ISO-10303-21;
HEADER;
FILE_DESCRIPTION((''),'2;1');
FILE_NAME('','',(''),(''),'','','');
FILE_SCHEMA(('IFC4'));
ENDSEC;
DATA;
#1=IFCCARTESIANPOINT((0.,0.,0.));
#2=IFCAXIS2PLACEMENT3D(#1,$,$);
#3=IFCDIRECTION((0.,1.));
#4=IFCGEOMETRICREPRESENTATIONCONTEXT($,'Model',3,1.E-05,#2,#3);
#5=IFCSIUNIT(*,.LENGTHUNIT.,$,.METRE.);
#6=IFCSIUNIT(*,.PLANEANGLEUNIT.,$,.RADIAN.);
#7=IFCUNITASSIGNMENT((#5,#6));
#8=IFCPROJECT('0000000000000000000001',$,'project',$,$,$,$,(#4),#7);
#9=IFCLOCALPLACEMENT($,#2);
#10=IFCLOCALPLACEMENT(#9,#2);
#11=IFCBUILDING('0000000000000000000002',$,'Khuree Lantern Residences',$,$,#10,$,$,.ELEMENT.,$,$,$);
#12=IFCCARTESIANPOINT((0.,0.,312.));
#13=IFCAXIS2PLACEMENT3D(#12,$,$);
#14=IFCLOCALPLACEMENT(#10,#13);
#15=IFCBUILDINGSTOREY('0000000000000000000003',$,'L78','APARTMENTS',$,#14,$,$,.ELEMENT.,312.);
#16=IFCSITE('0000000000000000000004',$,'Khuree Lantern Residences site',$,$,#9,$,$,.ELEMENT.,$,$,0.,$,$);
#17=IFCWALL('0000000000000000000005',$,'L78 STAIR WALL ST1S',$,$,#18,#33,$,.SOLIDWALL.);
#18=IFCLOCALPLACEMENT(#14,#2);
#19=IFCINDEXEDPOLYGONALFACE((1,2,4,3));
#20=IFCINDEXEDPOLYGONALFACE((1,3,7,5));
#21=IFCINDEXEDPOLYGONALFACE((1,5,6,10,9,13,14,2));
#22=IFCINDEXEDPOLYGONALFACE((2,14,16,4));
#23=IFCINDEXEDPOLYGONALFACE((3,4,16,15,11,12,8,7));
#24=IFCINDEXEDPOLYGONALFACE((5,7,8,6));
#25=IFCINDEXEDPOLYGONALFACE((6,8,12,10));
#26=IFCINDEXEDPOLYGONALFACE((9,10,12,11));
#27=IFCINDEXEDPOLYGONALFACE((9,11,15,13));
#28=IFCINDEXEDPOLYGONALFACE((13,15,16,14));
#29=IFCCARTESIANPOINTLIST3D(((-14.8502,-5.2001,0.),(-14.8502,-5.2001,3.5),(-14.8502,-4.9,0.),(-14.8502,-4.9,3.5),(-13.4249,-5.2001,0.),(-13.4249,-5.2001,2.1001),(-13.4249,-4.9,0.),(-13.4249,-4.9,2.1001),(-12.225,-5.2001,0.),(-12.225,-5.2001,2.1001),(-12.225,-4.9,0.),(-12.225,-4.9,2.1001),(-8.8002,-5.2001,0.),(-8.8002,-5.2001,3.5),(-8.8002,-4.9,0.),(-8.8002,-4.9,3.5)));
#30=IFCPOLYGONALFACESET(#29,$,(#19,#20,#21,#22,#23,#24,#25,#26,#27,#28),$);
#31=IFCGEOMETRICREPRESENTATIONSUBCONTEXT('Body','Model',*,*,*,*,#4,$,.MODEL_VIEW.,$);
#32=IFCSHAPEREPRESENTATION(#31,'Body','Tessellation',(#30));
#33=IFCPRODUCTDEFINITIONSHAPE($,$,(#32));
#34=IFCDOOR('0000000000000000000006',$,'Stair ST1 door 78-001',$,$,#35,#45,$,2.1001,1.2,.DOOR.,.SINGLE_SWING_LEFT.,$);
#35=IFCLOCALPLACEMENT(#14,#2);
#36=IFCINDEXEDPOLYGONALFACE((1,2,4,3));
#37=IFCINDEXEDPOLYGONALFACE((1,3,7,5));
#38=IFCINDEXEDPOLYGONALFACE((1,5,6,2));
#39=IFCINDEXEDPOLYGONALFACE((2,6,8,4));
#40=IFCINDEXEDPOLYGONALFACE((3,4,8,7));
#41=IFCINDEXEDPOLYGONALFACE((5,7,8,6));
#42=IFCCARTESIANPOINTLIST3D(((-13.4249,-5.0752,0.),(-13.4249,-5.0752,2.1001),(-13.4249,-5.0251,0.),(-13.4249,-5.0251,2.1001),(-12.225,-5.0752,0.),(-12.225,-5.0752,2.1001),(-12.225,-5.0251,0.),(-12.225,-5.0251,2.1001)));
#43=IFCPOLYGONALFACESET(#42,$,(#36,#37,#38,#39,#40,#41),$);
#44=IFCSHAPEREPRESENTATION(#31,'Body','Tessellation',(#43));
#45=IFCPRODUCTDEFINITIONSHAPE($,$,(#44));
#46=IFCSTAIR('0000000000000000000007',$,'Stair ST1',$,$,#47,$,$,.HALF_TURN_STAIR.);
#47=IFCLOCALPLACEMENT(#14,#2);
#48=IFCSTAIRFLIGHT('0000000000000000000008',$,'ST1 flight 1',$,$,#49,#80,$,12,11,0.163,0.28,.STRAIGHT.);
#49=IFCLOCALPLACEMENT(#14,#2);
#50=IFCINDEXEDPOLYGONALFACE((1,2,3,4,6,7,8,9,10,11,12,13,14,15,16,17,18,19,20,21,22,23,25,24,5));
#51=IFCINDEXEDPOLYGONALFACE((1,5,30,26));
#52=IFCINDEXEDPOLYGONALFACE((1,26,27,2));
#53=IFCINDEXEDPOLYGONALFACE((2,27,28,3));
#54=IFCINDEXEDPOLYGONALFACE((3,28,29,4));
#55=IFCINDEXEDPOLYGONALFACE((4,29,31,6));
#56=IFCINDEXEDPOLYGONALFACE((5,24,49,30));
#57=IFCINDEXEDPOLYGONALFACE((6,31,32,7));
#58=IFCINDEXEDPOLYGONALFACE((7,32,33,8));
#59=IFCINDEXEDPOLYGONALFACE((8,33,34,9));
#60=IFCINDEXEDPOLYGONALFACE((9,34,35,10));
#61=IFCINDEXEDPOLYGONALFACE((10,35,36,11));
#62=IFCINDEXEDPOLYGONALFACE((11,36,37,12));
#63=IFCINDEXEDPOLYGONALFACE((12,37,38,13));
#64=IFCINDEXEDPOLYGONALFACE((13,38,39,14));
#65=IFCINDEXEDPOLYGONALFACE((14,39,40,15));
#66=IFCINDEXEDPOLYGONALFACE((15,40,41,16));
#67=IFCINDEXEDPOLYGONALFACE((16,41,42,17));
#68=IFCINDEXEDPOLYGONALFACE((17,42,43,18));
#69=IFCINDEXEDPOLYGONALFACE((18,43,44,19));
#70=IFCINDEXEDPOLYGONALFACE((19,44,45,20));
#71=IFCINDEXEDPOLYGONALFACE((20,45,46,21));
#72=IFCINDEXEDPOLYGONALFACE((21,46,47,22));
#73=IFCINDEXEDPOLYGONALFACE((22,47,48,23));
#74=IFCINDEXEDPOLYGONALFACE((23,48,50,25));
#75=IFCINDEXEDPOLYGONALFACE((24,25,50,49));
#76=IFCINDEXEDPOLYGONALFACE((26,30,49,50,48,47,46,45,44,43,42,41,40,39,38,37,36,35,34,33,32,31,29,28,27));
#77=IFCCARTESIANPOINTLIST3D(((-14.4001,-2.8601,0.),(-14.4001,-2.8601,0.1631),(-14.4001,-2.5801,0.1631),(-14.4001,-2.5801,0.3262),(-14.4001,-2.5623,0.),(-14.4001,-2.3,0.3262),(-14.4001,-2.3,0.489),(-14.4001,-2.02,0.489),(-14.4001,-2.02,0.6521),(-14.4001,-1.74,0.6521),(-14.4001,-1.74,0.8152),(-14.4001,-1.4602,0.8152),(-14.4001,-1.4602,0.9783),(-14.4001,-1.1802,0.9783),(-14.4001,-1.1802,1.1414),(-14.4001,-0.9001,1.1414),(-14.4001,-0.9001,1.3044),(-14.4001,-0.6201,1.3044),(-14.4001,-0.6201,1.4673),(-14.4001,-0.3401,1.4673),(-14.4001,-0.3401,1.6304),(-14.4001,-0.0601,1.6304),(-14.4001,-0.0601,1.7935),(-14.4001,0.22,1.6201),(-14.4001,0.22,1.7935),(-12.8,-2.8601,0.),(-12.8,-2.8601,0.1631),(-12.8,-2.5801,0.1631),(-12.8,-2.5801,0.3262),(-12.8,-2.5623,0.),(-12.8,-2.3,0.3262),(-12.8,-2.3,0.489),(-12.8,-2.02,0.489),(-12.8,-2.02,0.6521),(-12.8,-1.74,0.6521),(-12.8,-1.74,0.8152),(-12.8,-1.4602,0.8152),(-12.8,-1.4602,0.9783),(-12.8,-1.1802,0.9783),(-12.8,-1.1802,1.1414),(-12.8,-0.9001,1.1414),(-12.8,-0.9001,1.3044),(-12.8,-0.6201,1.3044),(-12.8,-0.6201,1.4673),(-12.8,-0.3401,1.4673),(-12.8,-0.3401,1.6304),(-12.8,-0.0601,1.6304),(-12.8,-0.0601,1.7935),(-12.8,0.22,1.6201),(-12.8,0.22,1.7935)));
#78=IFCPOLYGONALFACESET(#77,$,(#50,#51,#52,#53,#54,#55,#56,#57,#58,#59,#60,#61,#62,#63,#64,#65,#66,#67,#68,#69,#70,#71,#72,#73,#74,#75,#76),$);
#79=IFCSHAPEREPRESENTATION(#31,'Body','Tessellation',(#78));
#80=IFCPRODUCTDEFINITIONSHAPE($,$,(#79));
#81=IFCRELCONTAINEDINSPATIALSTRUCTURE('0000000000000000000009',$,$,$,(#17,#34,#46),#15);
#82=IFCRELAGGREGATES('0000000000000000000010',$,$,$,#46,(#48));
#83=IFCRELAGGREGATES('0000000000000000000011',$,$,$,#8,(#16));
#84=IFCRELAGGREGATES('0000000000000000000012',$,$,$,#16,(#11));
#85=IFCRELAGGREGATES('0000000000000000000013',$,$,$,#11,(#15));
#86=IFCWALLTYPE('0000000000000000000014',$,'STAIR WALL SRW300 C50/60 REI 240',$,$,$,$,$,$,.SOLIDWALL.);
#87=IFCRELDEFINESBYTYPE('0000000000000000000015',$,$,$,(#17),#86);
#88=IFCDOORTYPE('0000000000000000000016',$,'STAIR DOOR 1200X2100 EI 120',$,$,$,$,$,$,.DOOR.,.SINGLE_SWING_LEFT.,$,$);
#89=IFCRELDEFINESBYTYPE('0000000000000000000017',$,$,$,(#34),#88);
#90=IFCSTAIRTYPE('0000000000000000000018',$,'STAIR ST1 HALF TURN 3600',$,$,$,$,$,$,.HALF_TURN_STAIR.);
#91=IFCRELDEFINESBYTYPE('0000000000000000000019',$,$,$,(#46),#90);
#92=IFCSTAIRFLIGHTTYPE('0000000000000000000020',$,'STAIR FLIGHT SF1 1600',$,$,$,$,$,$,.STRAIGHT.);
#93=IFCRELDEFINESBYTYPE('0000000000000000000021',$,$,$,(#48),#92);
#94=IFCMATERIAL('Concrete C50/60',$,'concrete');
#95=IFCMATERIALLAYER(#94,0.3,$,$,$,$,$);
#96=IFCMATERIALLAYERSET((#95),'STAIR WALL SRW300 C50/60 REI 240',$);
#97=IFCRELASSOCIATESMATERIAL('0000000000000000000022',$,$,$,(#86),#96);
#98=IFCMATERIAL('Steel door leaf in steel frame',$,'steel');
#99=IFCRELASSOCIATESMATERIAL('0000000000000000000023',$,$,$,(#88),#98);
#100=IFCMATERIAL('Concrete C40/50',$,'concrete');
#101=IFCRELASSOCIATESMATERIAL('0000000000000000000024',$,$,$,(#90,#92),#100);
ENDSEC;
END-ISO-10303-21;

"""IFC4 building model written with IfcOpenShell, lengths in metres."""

from ifc_helpers import new_model, si_unit, direction, frame, frame_2d, origin, place, context, subcontext, project, spatial, polyline, rectangle, outline, extrude, material, layer, layer_set, type_object, element, fill, aggregate, save


model = new_model("IFC4")

# Units and contexts
model_context = context("Model", 3, precision=1e-05, world=origin(), true_north=direction((0.0, 1.0)))
body_context = subcontext(model_context, "Body", "Model", "MODEL_VIEW")
ifc_project = project(units=[si_unit("LENGTHUNIT", "METRE"), si_unit("PLANEANGLEUNIT", "RADIAN")], contexts=[model_context])

# Site, building, storey
site_placement = place(None, origin())
site = spatial("IfcSite", under=ifc_project, at=site_placement, Name="Khuree Lantern Residences site", CompositionType="ELEMENT", RefElevation=0.0)
building_placement = place(site_placement, origin())
building = spatial("IfcBuilding", under=site, at=building_placement, Name="Khuree Lantern Residences", CompositionType="ELEMENT")
storey_placement = place(building_placement, frame((0.0, 0.0, 312.0)))
storey = spatial("IfcBuildingStorey", under=building, at=storey_placement, Name="L78", Description="APARTMENTS", CompositionType="ELEMENT", Elevation=312.0)

# Shared definitions
ifc_material_1 = material(Name="Concrete C50/60", Category="concrete")

# Shared definitions
ifc_material_2 = material(Name="Steel door leaf in steel frame", Category="steel")

# Shared definitions
ifc_layer_1 = layer(ifc_material_1, 0.3)
ifc_layer_set_1 = layer_set([ifc_layer_1], Name="STAIR WALL SRW300 C50/60 REI 240")
wall_type_1 = type_object("IfcWallType", Name="STAIR WALL SRW300 C50/60 REI 240", PredefinedType="SOLIDWALL", material=ifc_layer_set_1)

# Wall, opening, door
wall_1_placement = place(storey_placement, frame((-14.8501, -5.05, 0.0), z_axis=(0.0, 0.0, 1.0), x_axis=(1.0, 0.0, 0.0)))
wall_1 = element("IfcWall", 1, at=wall_1_placement, inside=storey, type_object=wall_type_1, Name="L78 STAIR WALL ST1S", PredefinedType="SOLIDWALL", context=body_context, shape_type="SweptSolid", body=[
    extrude(rectangle(XDim=6.05, YDim=0.3, at=frame_2d((3.0249, 0.0))), origin(), (0.0, 0.0, 1.0), 3.5),
])
opening_1_placement = place(wall_1_placement, frame((1.425, 0.0, 0.0)))
opening_1 = element("IfcOpeningElement", 2, at=opening_1_placement, cuts=wall_1, PredefinedType="OPENING", context=body_context, shape_type="SweptSolid", body=[
    extrude(rectangle(XDim=1.2, YDim=2.1001, at=frame_2d((0.6001, 1.05))), frame((0.0, 0.1602, 0.0), z_axis=(0.0, -1.0, 0.0), x_axis=(1.0, 0.0, 0.0)), (0.0, 0.0, 1.0), 0.3201),
])
door_type_1 = type_object("IfcDoorType", Name="STAIR DOOR 1200X2100 EI 120", OperationType="SINGLE_SWING_LEFT", PredefinedType="DOOR", material=ifc_material_2)
door_1_placement = place(opening_1_placement, origin())
door_1 = element("IfcDoor", 3, at=door_1_placement, inside=storey, type_object=door_type_1, Name="Stair ST1 door 78-001", OperationType="SINGLE_SWING_LEFT", OverallHeight=2.1001, OverallWidth=1.2, PredefinedType="DOOR", context=body_context, shape_type="SweptSolid", body=[
    extrude(rectangle(XDim=1.2, YDim=2.1001, at=frame_2d((0.6001, 1.05))), frame((0.0, 0.0249, 0.0), z_axis=(0.0, -1.0, 0.0), x_axis=(1.0, 0.0, 0.0)), (0.0, 0.0, 1.0), 0.05),
])
fill(opening_1, door_1)

# Stair, stair flight
ifc_material_3 = material(Name="Concrete C40/50", Category="concrete")
stair_type = type_object("IfcStairType", Name="STAIR ST1 HALF TURN 3600", PredefinedType="HALF_TURN_STAIR", material=ifc_material_3)
stair_placement = place(storey_placement, origin())
stair = element("IfcStair", 4, at=stair_placement, inside=storey, type_object=stair_type, Name="Stair ST1", PredefinedType="HALF_TURN_STAIR")
stair_flight_type = type_object("IfcStairFlightType", Name="STAIR FLIGHT SF1 1600", PredefinedType="STRAIGHT", material=ifc_material_3)
stair_flight_placement = place(storey_placement, frame((-13.6001, -2.8601, 0.0), z_axis=(0.0, 0.0, 1.0), x_axis=(0.0, 1.0, 0.0)))
stair_flight = element("IfcStairFlight", 5, at=stair_flight_placement, type_object=stair_flight_type, Name="ST1 flight 1", NumberOfRisers=12, NumberOfTreads=11, PredefinedType="STRAIGHT", RiserHeight=0.163, TreadLength=0.28, context=body_context, shape_type="SweptSolid", body=[
    extrude(outline(polyline([(0.0, 0.0), (0.0, 0.1631), (0.28, 0.1631), (0.28, 0.3262), (0.5601, 0.3262), (0.5601, 0.489), (0.8401, 0.489), (0.8401, 0.6521), (1.1201, 0.6521), (1.1201, 0.8152), (1.3999, 0.8152), (1.3999, 0.9783), (1.6799, 0.9783), (1.6799, 1.1414), (1.96, 1.1414), (1.96, 1.3044), (2.24, 1.3044), (2.24, 1.4673), (2.52, 1.4673), (2.52, 1.6304), (2.8, 1.6304), (2.8, 1.7935), (3.0801, 1.7935), (3.0801, 1.9565), (3.0801, 1.6201), (0.2979, 0.0), (0.0, 0.0)])), frame((0.0, 0.8, 0.0), z_axis=(0.0, -1.0, 0.0), x_axis=(1.0, 0.0, 0.0)), (0.0, 0.0, 1.0), 1.6001),
])
aggregate(stair, [stair_flight])

save(model, "model.ifc")
